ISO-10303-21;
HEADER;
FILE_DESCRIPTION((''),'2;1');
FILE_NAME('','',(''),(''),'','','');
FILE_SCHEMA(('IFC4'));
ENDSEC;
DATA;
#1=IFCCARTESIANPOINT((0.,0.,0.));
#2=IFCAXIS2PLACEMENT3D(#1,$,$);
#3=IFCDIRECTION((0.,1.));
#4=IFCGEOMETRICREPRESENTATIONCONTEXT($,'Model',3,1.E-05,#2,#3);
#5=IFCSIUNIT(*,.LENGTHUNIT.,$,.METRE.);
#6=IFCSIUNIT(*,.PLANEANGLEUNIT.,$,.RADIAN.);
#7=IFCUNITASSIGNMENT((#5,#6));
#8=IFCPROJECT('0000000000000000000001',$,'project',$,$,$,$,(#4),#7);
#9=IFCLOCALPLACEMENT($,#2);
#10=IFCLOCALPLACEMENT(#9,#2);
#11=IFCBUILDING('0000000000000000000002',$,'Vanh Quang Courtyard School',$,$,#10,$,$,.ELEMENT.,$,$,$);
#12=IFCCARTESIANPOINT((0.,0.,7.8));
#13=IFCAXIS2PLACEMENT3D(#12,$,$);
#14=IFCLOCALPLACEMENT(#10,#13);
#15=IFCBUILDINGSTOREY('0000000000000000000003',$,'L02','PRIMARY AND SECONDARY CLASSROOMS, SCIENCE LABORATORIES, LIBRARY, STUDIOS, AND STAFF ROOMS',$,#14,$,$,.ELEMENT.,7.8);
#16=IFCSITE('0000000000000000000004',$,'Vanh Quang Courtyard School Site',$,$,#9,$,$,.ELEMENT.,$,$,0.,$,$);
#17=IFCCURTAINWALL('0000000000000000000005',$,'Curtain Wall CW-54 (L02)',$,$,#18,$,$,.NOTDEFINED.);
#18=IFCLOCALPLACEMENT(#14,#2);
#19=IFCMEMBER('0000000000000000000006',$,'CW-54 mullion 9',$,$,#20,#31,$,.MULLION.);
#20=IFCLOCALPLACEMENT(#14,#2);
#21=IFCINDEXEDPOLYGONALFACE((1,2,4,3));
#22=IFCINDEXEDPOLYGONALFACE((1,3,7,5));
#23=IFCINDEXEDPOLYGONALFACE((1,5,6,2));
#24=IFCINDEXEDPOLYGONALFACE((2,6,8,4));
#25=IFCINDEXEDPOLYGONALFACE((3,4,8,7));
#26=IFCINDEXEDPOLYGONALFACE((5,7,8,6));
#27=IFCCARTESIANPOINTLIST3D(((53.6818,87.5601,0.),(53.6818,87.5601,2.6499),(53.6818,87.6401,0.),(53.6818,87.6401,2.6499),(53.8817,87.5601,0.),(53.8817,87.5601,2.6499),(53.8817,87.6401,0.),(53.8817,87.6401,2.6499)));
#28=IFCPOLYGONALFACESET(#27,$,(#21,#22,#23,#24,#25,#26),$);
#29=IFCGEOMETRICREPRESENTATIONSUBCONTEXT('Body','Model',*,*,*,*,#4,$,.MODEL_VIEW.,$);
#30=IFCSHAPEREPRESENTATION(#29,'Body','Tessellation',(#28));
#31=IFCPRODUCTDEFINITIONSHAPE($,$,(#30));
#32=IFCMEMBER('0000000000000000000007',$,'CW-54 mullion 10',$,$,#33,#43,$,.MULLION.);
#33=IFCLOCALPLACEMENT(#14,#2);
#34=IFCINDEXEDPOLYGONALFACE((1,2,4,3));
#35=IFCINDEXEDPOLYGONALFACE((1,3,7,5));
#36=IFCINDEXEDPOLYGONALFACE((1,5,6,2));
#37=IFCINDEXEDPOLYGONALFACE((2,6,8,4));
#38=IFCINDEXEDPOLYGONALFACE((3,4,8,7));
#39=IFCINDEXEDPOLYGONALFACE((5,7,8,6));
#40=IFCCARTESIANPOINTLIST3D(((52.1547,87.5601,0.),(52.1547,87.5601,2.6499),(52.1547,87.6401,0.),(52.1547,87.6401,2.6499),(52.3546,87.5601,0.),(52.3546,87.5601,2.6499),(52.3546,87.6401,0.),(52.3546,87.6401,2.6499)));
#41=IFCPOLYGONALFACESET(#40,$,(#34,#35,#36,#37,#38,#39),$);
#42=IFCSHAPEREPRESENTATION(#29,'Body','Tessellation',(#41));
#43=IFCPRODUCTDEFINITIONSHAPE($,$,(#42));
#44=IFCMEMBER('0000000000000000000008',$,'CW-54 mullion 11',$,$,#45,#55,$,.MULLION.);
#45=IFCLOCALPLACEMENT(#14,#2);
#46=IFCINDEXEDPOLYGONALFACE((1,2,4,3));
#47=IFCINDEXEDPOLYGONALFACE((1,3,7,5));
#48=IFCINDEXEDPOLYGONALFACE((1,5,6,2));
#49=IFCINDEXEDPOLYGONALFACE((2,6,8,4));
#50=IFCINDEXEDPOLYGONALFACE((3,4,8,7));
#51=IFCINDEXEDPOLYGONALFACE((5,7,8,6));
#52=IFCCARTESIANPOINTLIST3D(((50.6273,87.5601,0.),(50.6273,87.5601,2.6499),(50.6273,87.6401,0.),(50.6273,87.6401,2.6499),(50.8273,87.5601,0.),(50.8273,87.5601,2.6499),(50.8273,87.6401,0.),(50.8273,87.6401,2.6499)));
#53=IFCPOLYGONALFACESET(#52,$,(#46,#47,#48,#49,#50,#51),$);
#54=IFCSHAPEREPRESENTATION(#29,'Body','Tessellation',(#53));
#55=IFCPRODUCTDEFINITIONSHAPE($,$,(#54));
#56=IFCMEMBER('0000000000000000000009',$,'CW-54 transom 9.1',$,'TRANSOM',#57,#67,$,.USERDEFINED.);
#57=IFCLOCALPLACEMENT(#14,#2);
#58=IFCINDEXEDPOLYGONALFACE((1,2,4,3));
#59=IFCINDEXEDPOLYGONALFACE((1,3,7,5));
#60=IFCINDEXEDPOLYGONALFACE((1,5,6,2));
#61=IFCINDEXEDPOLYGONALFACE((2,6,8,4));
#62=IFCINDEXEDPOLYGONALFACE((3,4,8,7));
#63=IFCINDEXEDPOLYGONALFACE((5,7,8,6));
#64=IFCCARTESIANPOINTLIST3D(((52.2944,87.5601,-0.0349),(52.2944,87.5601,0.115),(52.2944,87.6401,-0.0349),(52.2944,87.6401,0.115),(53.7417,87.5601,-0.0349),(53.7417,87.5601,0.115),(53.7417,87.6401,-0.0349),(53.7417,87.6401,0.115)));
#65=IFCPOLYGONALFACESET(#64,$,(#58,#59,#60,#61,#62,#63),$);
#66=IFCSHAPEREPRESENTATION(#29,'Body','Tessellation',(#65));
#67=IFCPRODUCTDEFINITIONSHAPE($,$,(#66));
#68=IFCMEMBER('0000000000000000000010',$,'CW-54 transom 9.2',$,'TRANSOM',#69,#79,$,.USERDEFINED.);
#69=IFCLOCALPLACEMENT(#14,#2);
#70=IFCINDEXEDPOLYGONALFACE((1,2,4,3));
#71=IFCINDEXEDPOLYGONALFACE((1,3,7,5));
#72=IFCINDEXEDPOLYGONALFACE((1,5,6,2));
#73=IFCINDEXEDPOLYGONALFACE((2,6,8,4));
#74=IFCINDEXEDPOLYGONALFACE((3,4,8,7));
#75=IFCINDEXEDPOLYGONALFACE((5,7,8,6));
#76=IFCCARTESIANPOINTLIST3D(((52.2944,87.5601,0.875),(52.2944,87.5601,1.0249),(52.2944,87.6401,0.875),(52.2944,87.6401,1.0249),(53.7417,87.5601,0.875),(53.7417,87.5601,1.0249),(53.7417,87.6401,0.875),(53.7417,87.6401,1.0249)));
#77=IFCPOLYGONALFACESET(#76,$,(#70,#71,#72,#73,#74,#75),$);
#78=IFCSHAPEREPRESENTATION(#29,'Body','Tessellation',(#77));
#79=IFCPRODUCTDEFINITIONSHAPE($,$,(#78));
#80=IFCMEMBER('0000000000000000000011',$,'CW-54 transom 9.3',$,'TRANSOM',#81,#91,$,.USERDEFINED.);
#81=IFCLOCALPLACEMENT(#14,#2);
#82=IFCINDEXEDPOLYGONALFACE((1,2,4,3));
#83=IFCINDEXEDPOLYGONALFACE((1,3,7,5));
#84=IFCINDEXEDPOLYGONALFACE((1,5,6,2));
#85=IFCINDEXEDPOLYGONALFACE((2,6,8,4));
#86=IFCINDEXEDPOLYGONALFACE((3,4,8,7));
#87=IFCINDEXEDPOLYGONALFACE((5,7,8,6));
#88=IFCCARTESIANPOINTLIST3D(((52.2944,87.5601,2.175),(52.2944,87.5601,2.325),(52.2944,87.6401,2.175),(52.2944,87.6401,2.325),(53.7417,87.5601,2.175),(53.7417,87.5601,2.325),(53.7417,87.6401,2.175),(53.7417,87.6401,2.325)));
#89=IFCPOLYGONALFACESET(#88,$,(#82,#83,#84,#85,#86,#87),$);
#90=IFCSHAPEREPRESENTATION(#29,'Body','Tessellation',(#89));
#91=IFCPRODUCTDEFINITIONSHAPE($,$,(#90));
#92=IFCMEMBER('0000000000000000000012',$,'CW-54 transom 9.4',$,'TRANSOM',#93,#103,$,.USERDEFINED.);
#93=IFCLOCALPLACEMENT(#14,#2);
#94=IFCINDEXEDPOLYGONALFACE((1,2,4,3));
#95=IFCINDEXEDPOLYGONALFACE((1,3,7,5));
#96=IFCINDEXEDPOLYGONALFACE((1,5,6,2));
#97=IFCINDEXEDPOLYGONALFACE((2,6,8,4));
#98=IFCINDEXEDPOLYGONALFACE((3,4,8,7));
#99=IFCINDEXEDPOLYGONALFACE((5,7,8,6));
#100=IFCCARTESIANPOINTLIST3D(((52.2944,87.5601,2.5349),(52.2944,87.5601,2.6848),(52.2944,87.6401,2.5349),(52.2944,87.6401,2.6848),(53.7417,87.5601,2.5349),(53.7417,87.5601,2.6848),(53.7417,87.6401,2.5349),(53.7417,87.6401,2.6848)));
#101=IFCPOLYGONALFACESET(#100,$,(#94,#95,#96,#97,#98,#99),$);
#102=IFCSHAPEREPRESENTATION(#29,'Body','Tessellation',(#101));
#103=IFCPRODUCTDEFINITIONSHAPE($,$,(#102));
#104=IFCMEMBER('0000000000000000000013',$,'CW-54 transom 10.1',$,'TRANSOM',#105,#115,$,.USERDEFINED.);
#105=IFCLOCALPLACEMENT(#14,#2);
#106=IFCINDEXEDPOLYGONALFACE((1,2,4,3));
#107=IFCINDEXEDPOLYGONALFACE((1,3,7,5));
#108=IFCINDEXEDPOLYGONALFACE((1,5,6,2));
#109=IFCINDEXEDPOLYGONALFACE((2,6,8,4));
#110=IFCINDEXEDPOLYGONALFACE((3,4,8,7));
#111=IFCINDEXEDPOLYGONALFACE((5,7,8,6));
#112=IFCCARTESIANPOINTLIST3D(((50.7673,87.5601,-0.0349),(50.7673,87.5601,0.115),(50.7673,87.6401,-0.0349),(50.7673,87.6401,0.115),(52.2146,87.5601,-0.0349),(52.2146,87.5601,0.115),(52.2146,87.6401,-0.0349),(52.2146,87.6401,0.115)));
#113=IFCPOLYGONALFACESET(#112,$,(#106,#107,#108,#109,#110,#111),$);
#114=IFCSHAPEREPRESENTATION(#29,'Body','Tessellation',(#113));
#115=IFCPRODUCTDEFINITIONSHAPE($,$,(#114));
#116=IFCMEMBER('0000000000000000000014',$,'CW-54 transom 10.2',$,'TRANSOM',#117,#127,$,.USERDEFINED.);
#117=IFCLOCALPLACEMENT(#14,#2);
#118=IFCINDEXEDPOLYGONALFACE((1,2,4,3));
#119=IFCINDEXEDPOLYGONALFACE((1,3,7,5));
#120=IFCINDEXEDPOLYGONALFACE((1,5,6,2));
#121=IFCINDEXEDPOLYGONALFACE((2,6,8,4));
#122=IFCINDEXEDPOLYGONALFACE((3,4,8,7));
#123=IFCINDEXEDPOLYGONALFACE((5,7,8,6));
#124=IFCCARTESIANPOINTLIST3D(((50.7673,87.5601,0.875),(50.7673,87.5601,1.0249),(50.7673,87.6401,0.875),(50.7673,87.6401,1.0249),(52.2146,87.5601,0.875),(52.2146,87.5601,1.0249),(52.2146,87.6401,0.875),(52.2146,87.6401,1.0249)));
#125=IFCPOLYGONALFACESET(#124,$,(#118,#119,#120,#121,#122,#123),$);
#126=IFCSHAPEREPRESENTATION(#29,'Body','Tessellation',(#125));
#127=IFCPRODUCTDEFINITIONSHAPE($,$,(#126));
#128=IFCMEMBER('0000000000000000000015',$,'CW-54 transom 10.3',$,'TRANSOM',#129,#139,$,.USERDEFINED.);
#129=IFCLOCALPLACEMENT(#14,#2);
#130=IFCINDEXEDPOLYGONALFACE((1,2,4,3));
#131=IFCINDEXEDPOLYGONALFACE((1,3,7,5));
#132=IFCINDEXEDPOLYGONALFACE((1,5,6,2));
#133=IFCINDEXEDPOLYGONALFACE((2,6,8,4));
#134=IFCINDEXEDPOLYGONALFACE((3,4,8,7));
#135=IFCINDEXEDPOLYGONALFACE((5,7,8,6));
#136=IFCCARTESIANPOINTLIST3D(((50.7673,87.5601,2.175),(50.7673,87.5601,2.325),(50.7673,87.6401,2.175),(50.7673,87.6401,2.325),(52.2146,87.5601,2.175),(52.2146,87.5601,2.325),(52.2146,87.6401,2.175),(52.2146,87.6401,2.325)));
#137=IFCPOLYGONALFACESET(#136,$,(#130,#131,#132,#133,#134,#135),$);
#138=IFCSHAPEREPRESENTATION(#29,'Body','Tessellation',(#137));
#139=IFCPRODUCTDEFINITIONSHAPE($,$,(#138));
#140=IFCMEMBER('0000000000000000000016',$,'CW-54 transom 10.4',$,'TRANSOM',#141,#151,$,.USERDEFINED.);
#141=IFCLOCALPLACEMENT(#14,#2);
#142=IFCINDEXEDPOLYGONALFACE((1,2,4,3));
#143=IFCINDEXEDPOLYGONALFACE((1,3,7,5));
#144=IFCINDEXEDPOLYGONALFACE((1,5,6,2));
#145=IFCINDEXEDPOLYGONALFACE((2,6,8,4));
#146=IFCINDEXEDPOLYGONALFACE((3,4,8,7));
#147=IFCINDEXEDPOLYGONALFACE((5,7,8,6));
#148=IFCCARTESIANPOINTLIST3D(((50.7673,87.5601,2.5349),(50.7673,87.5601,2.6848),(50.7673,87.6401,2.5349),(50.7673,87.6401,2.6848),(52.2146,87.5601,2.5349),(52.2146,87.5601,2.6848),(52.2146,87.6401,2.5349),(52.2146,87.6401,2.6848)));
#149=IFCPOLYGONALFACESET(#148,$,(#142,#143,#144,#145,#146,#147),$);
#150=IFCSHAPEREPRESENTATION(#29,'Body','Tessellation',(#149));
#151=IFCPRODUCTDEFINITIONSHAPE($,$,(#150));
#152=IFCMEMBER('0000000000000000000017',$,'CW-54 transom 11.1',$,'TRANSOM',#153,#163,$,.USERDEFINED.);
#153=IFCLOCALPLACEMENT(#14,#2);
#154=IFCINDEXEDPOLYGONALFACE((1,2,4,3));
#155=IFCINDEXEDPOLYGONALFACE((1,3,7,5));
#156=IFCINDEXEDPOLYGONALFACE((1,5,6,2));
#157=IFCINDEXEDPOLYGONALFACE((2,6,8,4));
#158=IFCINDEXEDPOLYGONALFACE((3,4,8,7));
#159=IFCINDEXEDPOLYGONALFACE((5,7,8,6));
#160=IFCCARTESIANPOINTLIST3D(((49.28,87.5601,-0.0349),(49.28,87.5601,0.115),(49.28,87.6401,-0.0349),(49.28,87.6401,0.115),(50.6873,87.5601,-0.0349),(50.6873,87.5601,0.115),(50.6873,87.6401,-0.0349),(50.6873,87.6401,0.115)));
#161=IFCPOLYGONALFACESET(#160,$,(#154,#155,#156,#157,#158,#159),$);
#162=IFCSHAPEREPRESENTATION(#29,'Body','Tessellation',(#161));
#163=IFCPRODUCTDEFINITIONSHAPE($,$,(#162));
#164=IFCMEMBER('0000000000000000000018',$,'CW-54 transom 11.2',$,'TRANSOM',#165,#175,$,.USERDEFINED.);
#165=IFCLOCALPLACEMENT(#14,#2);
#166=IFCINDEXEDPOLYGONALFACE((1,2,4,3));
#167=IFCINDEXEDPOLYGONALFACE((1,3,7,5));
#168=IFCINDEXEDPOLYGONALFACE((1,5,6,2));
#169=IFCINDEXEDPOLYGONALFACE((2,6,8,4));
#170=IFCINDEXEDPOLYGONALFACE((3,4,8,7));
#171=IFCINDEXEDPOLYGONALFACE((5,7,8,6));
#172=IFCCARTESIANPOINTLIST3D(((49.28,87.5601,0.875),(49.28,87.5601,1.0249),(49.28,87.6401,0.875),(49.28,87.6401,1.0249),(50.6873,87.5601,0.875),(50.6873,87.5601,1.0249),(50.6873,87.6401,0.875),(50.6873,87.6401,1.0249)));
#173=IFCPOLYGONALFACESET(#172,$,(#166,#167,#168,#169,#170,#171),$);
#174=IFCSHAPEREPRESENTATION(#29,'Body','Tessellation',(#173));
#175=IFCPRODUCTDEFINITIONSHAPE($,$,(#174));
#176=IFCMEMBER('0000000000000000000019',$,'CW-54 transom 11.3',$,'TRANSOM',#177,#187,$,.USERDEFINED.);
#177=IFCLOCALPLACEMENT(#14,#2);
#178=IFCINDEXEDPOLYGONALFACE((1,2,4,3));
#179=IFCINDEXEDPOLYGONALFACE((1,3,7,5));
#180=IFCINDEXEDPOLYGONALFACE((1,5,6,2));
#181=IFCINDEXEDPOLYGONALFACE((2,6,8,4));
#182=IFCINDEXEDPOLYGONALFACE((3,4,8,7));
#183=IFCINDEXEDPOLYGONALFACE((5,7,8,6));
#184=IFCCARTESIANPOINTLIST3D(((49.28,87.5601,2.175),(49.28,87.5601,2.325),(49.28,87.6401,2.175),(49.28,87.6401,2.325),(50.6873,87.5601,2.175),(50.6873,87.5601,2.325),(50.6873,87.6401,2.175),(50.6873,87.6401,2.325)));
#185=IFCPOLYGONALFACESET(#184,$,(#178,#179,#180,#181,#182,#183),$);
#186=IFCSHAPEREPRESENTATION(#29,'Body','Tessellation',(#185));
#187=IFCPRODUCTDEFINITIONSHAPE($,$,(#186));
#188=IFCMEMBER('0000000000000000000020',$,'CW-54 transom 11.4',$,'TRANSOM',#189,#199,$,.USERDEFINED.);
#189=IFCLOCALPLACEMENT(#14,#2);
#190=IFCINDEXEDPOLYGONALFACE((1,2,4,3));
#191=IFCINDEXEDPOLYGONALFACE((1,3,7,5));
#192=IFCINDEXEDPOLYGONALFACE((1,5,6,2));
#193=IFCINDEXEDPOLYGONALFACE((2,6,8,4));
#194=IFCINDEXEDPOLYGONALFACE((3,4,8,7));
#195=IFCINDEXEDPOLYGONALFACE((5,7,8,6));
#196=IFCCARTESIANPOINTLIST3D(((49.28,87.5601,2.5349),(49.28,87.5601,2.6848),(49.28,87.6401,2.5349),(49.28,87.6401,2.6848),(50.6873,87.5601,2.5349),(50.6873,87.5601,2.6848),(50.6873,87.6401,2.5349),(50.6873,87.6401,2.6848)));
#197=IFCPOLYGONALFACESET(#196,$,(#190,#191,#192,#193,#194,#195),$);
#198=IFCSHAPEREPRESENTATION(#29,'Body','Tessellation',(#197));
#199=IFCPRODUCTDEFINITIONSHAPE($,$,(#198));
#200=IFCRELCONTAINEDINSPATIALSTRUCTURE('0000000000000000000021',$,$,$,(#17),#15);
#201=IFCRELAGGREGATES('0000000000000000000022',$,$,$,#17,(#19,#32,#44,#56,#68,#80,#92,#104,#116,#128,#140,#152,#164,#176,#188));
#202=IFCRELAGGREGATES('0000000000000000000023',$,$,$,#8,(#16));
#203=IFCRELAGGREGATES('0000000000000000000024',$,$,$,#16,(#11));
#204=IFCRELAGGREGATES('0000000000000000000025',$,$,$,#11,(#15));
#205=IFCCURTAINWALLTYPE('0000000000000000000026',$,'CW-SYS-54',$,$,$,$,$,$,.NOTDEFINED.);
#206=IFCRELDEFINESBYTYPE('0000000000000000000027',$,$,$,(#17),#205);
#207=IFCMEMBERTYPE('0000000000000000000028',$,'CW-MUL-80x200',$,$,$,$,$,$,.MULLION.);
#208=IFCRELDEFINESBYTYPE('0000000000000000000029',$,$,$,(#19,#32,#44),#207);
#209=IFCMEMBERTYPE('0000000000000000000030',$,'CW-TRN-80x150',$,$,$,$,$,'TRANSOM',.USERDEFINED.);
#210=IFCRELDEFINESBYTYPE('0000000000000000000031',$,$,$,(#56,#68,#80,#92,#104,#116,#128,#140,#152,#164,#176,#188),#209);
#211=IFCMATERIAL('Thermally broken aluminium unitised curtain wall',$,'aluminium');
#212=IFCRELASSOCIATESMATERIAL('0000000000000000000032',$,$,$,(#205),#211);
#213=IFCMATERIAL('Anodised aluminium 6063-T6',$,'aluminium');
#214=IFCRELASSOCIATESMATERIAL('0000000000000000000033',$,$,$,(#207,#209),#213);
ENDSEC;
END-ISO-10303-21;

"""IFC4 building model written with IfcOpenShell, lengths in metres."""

from ifc_helpers import new_model, si_unit, direction, frame, origin, origin_2d, place, context, subcontext, project, spatial, rectangle, extrude, material, material_profile, profile_set, type_object, element, aggregate, save


model = new_model("IFC4")

# Units and contexts
model_context = context("Model", 3, precision=1e-05, world=origin(), true_north=direction((0.0, 1.0)))
body_context = subcontext(model_context, "Body", "Model", "MODEL_VIEW")
ifc_project = project(units=[si_unit("LENGTHUNIT", "METRE"), si_unit("PLANEANGLEUNIT", "RADIAN")], contexts=[model_context])

# Site, building, storey
site_placement = place(None, origin())
site = spatial("IfcSite", under=ifc_project, at=site_placement, Name="Vanh Quang Courtyard School Site", CompositionType="ELEMENT", RefElevation=0.0)
building_placement = place(site_placement, origin())
building = spatial("IfcBuilding", under=site, at=building_placement, Name="Vanh Quang Courtyard School", CompositionType="ELEMENT")
storey_placement = place(building_placement, frame((0.0, 0.0, 7.8)))
storey = spatial("IfcBuildingStorey", under=building, at=storey_placement, Name="L02", Description="PRIMARY AND SECONDARY CLASSROOMS, SCIENCE LABORATORIES, LIBRARY, STUDIOS, AND STAFF ROOMS", CompositionType="ELEMENT", Elevation=7.8)

# Curtain wall, members
ifc_material_1 = material(Name="Thermally broken aluminium unitised curtain wall", Category="aluminium")
curtain_wall_type = type_object("IfcCurtainWallType", Name="CW-SYS-54", PredefinedType="NOTDEFINED", material=ifc_material_1)
curtain_wall_placement = place(storey_placement, origin())
curtain_wall = element("IfcCurtainWall", 1, at=curtain_wall_placement, inside=storey, type_object=curtain_wall_type, Name="Curtain Wall CW-54 (L02)", PredefinedType="NOTDEFINED")
ifc_material_2 = material(Name="Anodised aluminium 6063-T6", Category="aluminium")
ifc_material_profile_1 = material_profile(ifc_material_2, rectangle(XDim=0.0801, YDim=0.2, at=origin_2d()), Name="ALU-MUL 80x200")
ifc_profile_set_1 = profile_set([ifc_material_profile_1], Name="Anodised aluminium 6063-T6")
member_type_1 = type_object("IfcMemberType", Name="CW-MUL-80x200", PredefinedType="MULLION", material=ifc_profile_set_1)
member_1_placement = place(storey_placement, frame((53.7817, 87.6001, 0.0), z_axis=(0.0, 0.0, 1.0), x_axis=(0.0, -1.0, 0.0)))
member_1 = element("IfcMember", 2, at=member_1_placement, type_object=member_type_1, Name="CW-54 mullion 9", PredefinedType="MULLION", context=body_context, shape_type="SweptSolid", body=[
    extrude(rectangle(XDim=0.0801, YDim=0.2, at=origin_2d()), origin(), (0.0, 0.0, 1.0), 2.6499),
])
member_2_placement = place(storey_placement, frame((52.2546, 87.6001, 0.0), z_axis=(0.0, 0.0, 1.0), x_axis=(0.0, -1.0, 0.0)))
member_2 = element("IfcMember", 3, at=member_2_placement, type_object=member_type_1, Name="CW-54 mullion 10", PredefinedType="MULLION", context=body_context, shape_type="SweptSolid", body=[
    extrude(rectangle(XDim=0.0801, YDim=0.2, at=origin_2d()), origin(), (0.0, 0.0, 1.0), 2.6499),
])
member_3_placement = place(storey_placement, frame((50.7273, 87.6001, 0.0), z_axis=(0.0, 0.0, 1.0), x_axis=(0.0, -1.0, 0.0)))
member_3 = element("IfcMember", 4, at=member_3_placement, type_object=member_type_1, Name="CW-54 mullion 11", PredefinedType="MULLION", context=body_context, shape_type="SweptSolid", body=[
    extrude(rectangle(XDim=0.0801, YDim=0.2, at=origin_2d()), origin(), (0.0, 0.0, 1.0), 2.6499),
])
ifc_material_profile_2 = material_profile(ifc_material_2, rectangle(XDim=0.0801, YDim=0.1499, at=origin_2d()), Name="ALU-TRN 80x150")
ifc_profile_set_2 = profile_set([ifc_material_profile_2], Name="Anodised aluminium 6063-T6")
member_type_2 = type_object("IfcMemberType", Name="CW-TRN-80x150", ElementType="TRANSOM", PredefinedType="USERDEFINED", material=ifc_profile_set_2)
member_4_placement = place(storey_placement, frame((53.7417, 87.6001, 0.04), z_axis=(-1.0, 0.0, 0.0), x_axis=(0.0, -1.0, 0.0)))
member_4 = element("IfcMember", 5, at=member_4_placement, type_object=member_type_2, Name="CW-54 transom 9.1", ObjectType="TRANSOM", PredefinedType="USERDEFINED", context=body_context, shape_type="SweptSolid", body=[
    extrude(rectangle(XDim=0.0801, YDim=0.1499, at=origin_2d()), origin(), (0.0, 0.0, 1.0), 1.4473),
])
member_5_placement = place(storey_placement, frame((53.7417, 87.6001, 0.95), z_axis=(-1.0, 0.0, 0.0), x_axis=(0.0, -1.0, 0.0)))
member_5 = element("IfcMember", 6, at=member_5_placement, type_object=member_type_2, Name="CW-54 transom 9.2", ObjectType="TRANSOM", PredefinedType="USERDEFINED", context=body_context, shape_type="SweptSolid", body=[
    extrude(rectangle(XDim=0.0801, YDim=0.1499, at=origin_2d()), origin(), (0.0, 0.0, 1.0), 1.4473),
])
member_6_placement = place(storey_placement, frame((53.7417, 87.6001, 2.25), z_axis=(-1.0, 0.0, 0.0), x_axis=(0.0, -1.0, 0.0)))
member_6 = element("IfcMember", 7, at=member_6_placement, type_object=member_type_2, Name="CW-54 transom 9.3", ObjectType="TRANSOM", PredefinedType="USERDEFINED", context=body_context, shape_type="SweptSolid", body=[
    extrude(rectangle(XDim=0.0801, YDim=0.1499, at=origin_2d()), origin(), (0.0, 0.0, 1.0), 1.4473),
])
member_7_placement = place(storey_placement, frame((53.7417, 87.6001, 2.6099), z_axis=(-1.0, 0.0, 0.0), x_axis=(0.0, -1.0, 0.0)))
member_7 = element("IfcMember", 8, at=member_7_placement, type_object=member_type_2, Name="CW-54 transom 9.4", ObjectType="TRANSOM", PredefinedType="USERDEFINED", context=body_context, shape_type="SweptSolid", body=[
    extrude(rectangle(XDim=0.0801, YDim=0.1499, at=origin_2d()), origin(), (0.0, 0.0, 1.0), 1.4473),
])
member_8_placement = place(storey_placement, frame((52.2146, 87.6001, 0.04), z_axis=(-1.0, 0.0, 0.0), x_axis=(0.0, -1.0, 0.0)))
member_8 = element("IfcMember", 9, at=member_8_placement, type_object=member_type_2, Name="CW-54 transom 10.1", ObjectType="TRANSOM", PredefinedType="USERDEFINED", context=body_context, shape_type="SweptSolid", body=[
    extrude(rectangle(XDim=0.0801, YDim=0.1499, at=origin_2d()), origin(), (0.0, 0.0, 1.0), 1.4473),
])
member_9_placement = place(storey_placement, frame((52.2146, 87.6001, 0.95), z_axis=(-1.0, 0.0, 0.0), x_axis=(0.0, -1.0, 0.0)))
member_9 = element("IfcMember", 10, at=member_9_placement, type_object=member_type_2, Name="CW-54 transom 10.2", ObjectType="TRANSOM", PredefinedType="USERDEFINED", context=body_context, shape_type="SweptSolid", body=[
    extrude(rectangle(XDim=0.0801, YDim=0.1499, at=origin_2d()), origin(), (0.0, 0.0, 1.0), 1.4473),
])
member_10_placement = place(storey_placement, frame((52.2146, 87.6001, 2.25), z_axis=(-1.0, 0.0, 0.0), x_axis=(0.0, -1.0, 0.0)))
member_10 = element("IfcMember", 11, at=member_10_placement, type_object=member_type_2, Name="CW-54 transom 10.3", ObjectType="TRANSOM", PredefinedType="USERDEFINED", context=body_context, shape_type="SweptSolid", body=[
    extrude(rectangle(XDim=0.0801, YDim=0.1499, at=origin_2d()), origin(), (0.0, 0.0, 1.0), 1.4473),
])
member_11_placement = place(storey_placement, frame((52.2146, 87.6001, 2.6099), z_axis=(-1.0, 0.0, 0.0), x_axis=(0.0, -1.0, 0.0)))
member_11 = element("IfcMember", 12, at=member_11_placement, type_object=member_type_2, Name="CW-54 transom 10.4", ObjectType="TRANSOM", PredefinedType="USERDEFINED", context=body_context, shape_type="SweptSolid", body=[
    extrude(rectangle(XDim=0.0801, YDim=0.1499, at=origin_2d()), origin(), (0.0, 0.0, 1.0), 1.4473),
])
member_12_placement = place(storey_placement, frame((50.6873, 87.6001, 0.04), z_axis=(-1.0, 0.0, 0.0), x_axis=(0.0, -1.0, 0.0)))
member_12 = element("IfcMember", 13, at=member_12_placement, type_object=member_type_2, Name="CW-54 transom 11.1", ObjectType="TRANSOM", PredefinedType="USERDEFINED", context=body_context, shape_type="SweptSolid", body=[
    extrude(rectangle(XDim=0.0801, YDim=0.1499, at=origin_2d()), origin(), (0.0, 0.0, 1.0), 1.4072),
])
member_13_placement = place(storey_placement, frame((50.6873, 87.6001, 0.95), z_axis=(-1.0, 0.0, 0.0), x_axis=(0.0, -1.0, 0.0)))
member_13 = element("IfcMember", 14, at=member_13_placement, type_object=member_type_2, Name="CW-54 transom 11.2", ObjectType="TRANSOM", PredefinedType="USERDEFINED", context=body_context, shape_type="SweptSolid", body=[
    extrude(rectangle(XDim=0.0801, YDim=0.1499, at=origin_2d()), origin(), (0.0, 0.0, 1.0), 1.4072),
])
member_14_placement = place(storey_placement, frame((50.6873, 87.6001, 2.25), z_axis=(-1.0, 0.0, 0.0), x_axis=(0.0, -1.0, 0.0)))
member_14 = element("IfcMember", 15, at=member_14_placement, type_object=member_type_2, Name="CW-54 transom 11.3", ObjectType="TRANSOM", PredefinedType="USERDEFINED", context=body_context, shape_type="SweptSolid", body=[
    extrude(rectangle(XDim=0.0801, YDim=0.1499, at=origin_2d()), origin(), (0.0, 0.0, 1.0), 1.4072),
])
member_15_placement = place(storey_placement, frame((50.6873, 87.6001, 2.6099), z_axis=(-1.0, 0.0, 0.0), x_axis=(0.0, -1.0, 0.0)))
member_15 = element("IfcMember", 16, at=member_15_placement, type_object=member_type_2, Name="CW-54 transom 11.4", ObjectType="TRANSOM", PredefinedType="USERDEFINED", context=body_context, shape_type="SweptSolid", body=[
    extrude(rectangle(XDim=0.0801, YDim=0.1499, at=origin_2d()), origin(), (0.0, 0.0, 1.0), 1.4072),
])
aggregate(curtain_wall, [member_1, member_2, member_3, member_4, member_5, member_6, member_7, member_8, member_9, member_10, member_11, member_12, member_13, member_14, member_15])

save(model, "model.ifc")
